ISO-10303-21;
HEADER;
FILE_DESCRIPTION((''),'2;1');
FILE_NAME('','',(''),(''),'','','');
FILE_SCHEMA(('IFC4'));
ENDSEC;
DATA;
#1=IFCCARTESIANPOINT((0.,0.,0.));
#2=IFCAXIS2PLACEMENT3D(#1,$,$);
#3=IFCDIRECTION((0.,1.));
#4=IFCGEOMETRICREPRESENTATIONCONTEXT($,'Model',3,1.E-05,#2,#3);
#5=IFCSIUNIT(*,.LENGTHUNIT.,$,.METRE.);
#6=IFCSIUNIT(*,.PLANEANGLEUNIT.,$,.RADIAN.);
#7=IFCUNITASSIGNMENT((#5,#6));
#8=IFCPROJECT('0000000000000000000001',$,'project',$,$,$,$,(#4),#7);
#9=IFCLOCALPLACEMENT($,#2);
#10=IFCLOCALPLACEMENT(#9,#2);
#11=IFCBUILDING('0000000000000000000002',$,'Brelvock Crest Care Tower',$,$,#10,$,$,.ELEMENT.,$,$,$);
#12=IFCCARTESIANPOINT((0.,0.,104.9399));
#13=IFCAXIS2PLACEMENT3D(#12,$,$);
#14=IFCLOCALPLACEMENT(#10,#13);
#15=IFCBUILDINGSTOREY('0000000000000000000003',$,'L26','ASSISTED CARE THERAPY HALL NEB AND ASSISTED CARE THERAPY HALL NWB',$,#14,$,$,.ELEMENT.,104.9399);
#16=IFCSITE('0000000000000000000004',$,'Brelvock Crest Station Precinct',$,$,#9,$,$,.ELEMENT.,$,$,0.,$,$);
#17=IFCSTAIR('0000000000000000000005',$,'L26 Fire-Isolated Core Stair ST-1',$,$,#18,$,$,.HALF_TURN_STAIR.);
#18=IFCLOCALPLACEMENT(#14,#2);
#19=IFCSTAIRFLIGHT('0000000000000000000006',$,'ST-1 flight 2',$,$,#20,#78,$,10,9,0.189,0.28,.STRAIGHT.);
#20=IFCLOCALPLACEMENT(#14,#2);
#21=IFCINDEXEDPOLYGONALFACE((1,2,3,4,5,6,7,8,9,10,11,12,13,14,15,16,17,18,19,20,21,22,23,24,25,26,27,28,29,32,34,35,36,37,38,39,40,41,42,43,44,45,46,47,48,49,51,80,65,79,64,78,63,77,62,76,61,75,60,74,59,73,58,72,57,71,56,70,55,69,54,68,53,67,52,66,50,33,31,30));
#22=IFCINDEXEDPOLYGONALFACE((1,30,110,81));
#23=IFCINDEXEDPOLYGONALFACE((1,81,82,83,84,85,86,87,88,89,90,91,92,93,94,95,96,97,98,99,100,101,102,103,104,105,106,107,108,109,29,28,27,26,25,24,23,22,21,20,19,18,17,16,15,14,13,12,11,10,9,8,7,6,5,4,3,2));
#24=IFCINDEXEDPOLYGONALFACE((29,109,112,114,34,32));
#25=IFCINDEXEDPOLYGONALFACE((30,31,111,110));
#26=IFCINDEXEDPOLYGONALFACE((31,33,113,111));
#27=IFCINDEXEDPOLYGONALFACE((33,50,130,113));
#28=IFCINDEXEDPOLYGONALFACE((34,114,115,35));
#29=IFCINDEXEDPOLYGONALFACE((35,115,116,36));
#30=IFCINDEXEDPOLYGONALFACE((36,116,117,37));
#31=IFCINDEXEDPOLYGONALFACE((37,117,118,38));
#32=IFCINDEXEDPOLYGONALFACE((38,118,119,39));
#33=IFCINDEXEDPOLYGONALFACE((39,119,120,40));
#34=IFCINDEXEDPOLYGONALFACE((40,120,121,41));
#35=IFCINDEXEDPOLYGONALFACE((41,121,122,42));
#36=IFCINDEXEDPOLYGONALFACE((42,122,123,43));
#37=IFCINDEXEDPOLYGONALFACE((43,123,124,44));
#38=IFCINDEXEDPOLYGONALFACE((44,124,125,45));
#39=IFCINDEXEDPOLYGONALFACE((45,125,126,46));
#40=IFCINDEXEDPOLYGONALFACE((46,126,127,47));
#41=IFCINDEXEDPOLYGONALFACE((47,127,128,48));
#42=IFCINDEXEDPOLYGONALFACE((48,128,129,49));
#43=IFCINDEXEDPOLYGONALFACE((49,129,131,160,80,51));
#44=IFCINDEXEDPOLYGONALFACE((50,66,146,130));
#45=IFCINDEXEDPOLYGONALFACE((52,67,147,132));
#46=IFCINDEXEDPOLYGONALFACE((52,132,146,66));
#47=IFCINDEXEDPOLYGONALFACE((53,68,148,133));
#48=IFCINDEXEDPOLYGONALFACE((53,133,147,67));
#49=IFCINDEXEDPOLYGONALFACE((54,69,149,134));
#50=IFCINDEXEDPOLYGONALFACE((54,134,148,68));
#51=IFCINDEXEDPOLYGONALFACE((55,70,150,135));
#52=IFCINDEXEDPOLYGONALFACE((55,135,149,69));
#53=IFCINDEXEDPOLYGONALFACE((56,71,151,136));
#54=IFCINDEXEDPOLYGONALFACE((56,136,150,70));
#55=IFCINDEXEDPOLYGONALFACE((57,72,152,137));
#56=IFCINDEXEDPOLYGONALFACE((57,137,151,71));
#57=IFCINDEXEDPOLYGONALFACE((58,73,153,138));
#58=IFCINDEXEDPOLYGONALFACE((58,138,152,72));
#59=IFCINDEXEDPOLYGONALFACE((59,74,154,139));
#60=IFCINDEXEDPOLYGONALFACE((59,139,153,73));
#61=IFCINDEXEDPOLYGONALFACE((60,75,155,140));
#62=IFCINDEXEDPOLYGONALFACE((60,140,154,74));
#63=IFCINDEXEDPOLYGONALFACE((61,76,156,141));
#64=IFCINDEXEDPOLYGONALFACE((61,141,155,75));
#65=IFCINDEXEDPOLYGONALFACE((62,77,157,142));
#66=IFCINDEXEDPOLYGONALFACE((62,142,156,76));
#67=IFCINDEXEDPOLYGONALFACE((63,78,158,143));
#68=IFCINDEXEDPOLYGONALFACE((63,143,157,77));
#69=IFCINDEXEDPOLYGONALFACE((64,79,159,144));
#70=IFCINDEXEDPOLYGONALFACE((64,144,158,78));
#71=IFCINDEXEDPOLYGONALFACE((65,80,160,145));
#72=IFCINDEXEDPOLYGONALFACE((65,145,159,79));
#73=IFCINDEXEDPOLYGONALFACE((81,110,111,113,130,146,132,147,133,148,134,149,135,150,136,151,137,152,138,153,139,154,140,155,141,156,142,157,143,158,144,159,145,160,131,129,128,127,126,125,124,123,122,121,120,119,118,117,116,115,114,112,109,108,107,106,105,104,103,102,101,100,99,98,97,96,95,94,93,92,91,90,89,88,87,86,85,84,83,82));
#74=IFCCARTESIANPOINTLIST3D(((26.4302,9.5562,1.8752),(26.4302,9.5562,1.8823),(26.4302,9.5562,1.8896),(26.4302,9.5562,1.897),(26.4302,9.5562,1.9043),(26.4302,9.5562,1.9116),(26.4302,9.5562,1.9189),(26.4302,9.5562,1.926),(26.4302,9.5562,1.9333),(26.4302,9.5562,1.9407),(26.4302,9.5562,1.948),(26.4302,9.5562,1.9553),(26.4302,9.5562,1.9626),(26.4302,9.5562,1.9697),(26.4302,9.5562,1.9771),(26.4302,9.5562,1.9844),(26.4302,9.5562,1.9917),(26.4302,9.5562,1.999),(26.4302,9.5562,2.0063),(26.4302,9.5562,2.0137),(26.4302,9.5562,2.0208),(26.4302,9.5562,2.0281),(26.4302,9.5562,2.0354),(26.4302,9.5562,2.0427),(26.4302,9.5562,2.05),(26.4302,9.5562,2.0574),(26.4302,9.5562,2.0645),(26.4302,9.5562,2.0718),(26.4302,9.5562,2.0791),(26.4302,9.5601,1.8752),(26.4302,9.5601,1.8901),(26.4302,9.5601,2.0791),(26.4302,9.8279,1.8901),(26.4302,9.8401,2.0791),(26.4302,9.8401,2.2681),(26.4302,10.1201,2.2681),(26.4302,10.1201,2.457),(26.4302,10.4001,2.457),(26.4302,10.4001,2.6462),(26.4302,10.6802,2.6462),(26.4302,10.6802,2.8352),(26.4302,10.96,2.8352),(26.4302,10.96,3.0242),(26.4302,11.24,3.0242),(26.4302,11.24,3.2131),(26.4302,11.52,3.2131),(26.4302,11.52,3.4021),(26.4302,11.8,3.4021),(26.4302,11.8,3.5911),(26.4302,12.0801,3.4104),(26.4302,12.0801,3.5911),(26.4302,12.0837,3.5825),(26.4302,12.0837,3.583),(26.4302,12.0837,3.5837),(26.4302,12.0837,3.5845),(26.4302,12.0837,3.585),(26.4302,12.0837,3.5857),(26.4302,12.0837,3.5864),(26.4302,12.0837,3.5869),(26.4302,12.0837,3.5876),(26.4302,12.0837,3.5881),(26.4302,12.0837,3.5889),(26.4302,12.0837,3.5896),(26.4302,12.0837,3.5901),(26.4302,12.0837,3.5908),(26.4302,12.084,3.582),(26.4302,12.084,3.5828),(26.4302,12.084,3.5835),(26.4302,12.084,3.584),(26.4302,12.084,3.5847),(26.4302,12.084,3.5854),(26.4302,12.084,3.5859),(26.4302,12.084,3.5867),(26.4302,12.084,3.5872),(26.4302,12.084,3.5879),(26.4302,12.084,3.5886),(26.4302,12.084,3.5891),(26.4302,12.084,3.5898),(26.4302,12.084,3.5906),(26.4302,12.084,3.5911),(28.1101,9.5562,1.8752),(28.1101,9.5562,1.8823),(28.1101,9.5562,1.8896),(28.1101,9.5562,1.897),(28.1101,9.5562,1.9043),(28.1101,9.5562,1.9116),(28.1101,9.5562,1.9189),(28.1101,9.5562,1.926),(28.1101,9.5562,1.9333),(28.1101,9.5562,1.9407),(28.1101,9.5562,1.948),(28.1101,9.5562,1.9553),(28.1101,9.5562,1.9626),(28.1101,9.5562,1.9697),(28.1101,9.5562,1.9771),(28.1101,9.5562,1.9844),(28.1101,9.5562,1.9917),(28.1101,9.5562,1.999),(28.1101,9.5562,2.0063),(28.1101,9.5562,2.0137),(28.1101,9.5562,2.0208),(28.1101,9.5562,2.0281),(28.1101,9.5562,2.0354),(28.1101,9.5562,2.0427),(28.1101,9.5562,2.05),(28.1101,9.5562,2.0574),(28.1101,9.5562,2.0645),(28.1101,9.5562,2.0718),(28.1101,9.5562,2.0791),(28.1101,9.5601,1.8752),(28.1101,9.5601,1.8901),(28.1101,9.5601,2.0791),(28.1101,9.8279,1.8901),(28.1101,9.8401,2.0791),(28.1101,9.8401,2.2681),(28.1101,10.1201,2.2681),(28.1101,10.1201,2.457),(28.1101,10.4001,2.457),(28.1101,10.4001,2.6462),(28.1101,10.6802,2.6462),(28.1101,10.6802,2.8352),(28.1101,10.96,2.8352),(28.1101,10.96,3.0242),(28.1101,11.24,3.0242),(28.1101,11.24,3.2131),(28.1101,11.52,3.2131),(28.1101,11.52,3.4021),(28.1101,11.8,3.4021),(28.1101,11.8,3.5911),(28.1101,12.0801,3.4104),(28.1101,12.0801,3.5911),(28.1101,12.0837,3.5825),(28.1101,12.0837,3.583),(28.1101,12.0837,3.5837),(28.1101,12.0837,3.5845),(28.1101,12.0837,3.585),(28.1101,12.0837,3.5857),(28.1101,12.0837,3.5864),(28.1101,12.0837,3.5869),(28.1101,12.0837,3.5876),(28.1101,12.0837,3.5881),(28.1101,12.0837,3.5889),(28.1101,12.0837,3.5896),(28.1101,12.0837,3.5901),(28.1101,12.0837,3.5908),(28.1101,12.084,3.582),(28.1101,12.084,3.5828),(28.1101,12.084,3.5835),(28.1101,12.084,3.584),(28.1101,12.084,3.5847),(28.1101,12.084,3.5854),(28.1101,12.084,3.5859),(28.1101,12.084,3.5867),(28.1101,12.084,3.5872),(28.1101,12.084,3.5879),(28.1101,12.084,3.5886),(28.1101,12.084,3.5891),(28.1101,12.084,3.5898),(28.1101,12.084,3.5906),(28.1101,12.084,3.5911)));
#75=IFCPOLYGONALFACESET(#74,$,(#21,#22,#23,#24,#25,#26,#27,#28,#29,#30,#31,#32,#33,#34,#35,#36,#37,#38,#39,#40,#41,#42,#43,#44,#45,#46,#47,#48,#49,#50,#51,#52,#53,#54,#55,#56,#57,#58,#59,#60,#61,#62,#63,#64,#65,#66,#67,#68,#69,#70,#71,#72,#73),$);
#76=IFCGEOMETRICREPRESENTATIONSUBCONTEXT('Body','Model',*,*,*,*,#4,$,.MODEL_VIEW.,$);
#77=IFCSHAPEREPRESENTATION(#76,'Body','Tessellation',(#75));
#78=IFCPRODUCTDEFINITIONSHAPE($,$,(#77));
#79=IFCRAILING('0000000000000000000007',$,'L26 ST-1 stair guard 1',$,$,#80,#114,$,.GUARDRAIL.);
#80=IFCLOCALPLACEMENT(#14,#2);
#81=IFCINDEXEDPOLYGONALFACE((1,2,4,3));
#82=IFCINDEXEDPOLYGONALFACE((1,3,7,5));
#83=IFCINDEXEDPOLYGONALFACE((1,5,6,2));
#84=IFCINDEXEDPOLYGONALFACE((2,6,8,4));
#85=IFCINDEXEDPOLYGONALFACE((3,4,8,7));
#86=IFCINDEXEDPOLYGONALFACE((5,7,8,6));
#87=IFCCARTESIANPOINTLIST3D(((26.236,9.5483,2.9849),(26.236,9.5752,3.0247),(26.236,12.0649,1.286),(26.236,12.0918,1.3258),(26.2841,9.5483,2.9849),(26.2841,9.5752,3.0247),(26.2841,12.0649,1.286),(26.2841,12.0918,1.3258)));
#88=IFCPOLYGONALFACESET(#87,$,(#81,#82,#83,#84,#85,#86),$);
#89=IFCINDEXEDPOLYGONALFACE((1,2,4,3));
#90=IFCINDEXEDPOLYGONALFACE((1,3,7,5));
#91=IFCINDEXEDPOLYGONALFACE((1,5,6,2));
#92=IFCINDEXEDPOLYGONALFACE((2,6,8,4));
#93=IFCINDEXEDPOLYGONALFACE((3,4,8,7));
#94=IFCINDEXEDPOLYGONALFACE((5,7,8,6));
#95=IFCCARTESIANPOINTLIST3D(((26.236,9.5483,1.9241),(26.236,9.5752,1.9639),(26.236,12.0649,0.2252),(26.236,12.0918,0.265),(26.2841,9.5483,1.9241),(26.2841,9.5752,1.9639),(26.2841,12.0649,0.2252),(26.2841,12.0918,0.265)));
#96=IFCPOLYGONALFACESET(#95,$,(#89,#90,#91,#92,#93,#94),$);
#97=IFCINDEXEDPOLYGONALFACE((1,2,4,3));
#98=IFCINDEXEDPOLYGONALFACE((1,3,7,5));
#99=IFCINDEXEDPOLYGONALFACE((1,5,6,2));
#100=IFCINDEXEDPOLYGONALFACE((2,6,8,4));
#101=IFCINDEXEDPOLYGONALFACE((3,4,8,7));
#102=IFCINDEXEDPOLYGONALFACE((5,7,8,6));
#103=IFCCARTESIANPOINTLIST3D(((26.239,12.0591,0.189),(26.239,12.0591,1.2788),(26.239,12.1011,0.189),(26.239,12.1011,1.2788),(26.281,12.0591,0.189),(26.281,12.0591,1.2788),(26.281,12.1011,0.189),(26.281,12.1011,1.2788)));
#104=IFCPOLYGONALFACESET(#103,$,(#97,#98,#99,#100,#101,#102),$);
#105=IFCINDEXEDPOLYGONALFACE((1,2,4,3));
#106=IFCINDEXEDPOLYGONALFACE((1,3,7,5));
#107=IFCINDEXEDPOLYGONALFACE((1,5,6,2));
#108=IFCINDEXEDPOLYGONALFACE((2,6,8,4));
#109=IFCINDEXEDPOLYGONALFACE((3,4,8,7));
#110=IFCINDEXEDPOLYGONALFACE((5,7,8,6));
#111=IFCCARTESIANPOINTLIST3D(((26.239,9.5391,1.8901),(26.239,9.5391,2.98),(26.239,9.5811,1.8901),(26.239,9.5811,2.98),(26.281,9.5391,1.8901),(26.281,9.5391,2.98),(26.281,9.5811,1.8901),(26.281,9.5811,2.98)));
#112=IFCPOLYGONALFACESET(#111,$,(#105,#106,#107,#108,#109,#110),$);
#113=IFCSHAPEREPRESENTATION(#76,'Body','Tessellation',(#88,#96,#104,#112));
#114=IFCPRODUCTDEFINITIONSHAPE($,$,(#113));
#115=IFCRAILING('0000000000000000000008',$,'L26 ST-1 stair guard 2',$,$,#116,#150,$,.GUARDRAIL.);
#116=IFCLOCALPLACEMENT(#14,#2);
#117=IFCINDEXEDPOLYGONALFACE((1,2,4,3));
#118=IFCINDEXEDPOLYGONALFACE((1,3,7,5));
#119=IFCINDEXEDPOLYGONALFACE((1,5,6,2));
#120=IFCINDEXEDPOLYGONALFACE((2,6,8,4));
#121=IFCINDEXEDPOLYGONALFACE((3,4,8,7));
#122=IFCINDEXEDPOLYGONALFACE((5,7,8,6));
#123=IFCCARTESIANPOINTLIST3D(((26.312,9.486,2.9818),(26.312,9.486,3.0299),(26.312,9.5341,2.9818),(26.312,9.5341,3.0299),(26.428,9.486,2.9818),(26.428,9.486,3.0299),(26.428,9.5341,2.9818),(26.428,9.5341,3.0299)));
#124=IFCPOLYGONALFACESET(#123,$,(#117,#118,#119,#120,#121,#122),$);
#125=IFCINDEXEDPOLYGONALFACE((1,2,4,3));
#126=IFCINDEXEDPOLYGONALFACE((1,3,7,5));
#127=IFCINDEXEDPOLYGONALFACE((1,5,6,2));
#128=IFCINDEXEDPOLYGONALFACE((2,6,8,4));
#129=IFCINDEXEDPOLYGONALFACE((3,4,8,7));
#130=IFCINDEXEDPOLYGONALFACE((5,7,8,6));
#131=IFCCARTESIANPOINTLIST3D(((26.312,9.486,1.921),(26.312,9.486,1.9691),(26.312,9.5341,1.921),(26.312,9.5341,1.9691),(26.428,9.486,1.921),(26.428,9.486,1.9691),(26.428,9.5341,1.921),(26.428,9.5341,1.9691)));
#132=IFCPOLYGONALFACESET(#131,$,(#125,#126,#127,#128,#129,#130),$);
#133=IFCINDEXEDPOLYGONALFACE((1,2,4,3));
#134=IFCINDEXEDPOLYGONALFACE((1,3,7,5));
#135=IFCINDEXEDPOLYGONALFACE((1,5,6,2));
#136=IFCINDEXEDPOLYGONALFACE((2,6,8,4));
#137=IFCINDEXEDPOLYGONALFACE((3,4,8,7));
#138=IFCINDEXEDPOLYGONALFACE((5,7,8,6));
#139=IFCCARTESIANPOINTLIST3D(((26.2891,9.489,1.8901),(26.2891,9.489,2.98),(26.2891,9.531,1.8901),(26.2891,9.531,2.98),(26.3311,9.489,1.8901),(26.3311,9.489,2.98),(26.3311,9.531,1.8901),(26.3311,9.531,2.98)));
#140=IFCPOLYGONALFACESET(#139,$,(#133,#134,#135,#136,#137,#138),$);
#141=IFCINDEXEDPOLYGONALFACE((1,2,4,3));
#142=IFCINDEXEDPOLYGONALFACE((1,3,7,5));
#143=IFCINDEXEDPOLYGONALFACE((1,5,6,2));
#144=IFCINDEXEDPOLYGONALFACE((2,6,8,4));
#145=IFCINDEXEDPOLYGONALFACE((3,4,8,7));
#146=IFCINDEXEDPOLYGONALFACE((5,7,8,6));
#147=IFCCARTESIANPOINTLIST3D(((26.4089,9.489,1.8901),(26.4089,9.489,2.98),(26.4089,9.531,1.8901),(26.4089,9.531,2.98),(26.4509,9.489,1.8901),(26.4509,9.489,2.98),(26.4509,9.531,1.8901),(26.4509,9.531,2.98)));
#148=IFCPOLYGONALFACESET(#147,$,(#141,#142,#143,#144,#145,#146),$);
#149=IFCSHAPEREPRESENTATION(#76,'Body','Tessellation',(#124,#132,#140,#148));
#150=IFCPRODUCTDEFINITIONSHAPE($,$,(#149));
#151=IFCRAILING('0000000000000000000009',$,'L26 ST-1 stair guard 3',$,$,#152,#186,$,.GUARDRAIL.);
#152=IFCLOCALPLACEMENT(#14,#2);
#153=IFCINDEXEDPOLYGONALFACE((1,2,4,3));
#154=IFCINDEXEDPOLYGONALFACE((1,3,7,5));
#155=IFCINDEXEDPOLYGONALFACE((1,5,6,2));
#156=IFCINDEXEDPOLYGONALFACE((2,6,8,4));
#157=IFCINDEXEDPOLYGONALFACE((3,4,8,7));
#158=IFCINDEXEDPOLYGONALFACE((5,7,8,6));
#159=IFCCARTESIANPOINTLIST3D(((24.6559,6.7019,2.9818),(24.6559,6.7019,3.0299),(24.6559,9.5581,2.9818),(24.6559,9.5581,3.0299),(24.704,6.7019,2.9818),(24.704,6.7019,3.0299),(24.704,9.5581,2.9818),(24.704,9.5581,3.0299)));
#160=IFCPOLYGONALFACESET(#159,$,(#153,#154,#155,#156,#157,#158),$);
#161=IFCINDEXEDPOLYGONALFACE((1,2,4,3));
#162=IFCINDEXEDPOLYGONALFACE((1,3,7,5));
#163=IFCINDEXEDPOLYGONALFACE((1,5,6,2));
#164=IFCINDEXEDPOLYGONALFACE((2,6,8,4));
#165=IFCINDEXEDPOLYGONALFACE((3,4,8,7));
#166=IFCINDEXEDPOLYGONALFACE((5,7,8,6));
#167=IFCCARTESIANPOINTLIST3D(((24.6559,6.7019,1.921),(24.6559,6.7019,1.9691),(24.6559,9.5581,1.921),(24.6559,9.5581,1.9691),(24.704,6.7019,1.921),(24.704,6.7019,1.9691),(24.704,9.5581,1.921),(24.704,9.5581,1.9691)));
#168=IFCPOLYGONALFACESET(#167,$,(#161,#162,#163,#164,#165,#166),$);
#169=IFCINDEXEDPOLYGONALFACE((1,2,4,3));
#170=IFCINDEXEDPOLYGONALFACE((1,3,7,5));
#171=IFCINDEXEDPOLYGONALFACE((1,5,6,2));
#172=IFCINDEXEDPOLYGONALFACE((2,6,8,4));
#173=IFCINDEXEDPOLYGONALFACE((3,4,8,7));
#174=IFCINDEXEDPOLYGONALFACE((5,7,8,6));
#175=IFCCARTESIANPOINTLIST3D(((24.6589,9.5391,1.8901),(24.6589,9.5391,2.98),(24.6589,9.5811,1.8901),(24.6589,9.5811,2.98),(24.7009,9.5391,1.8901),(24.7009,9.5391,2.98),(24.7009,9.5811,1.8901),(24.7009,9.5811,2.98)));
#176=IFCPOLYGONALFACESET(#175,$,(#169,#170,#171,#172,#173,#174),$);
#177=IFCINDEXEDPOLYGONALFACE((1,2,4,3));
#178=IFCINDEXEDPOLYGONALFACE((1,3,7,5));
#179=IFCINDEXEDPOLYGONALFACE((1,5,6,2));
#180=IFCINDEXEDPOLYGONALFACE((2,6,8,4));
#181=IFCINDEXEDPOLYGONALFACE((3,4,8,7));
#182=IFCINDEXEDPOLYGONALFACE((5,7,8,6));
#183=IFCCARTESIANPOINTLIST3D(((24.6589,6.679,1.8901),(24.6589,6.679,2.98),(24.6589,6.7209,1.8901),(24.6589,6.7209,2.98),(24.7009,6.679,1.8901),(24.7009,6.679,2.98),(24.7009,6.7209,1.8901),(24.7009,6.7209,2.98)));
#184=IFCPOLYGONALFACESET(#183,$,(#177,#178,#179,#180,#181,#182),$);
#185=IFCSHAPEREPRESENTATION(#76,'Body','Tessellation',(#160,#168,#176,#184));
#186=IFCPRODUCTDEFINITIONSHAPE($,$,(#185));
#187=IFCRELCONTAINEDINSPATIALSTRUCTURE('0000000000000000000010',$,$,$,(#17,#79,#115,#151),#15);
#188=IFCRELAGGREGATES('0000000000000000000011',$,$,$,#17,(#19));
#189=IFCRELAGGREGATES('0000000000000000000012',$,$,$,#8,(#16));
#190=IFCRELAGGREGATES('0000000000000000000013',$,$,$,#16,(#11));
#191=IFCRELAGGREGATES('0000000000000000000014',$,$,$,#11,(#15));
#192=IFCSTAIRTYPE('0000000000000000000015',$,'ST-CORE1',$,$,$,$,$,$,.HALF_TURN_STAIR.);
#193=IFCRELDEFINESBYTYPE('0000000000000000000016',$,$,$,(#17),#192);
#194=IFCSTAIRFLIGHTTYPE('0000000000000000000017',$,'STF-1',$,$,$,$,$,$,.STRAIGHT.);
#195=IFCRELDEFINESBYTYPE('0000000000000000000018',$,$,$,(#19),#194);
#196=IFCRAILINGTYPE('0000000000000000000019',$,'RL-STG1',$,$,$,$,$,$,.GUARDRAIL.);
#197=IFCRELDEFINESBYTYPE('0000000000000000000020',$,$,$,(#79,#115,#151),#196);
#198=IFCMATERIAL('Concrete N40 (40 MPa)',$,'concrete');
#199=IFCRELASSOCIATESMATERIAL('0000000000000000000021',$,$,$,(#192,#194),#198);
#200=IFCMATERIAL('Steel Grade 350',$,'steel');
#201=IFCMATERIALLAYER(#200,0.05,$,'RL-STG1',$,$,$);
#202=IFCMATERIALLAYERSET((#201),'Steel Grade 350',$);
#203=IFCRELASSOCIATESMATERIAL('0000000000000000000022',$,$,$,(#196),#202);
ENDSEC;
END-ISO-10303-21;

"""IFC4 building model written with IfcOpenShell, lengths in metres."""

from ifc_helpers import new_model, si_unit, direction, frame, origin, origin_2d, place, context, subcontext, project, spatial, polyline, rectangle, outline, extrude, material, layer, layer_set, type_object, element, aggregate, save


model = new_model("IFC4")

# Units and contexts
model_context = context("Model", 3, precision=1e-05, world=origin(), true_north=direction((0.0, 1.0)))
body_context = subcontext(model_context, "Body", "Model", "MODEL_VIEW")
ifc_project = project(units=[si_unit("LENGTHUNIT", "METRE"), si_unit("PLANEANGLEUNIT", "RADIAN")], contexts=[model_context])

# Site, building, storey
site_placement = place(None, origin())
site = spatial("IfcSite", under=ifc_project, at=site_placement, Name="Brelvock Crest Station Precinct", CompositionType="ELEMENT", RefElevation=0.0)
building_placement = place(site_placement, origin())
building = spatial("IfcBuilding", under=site, at=building_placement, Name="Brelvock Crest Care Tower", CompositionType="ELEMENT")
storey_placement = place(building_placement, frame((0.0, 0.0, 104.9399)))
storey = spatial("IfcBuildingStorey", under=building, at=storey_placement, Name="L26", Description="ASSISTED CARE THERAPY HALL NEB AND ASSISTED CARE THERAPY HALL NWB", CompositionType="ELEMENT", Elevation=104.9399)

# Shared definitions
ifc_material_1 = material(Name="Steel Grade 350", Category="steel")

# Stair, stair flight
ifc_material_2 = material(Name="Concrete N40 (40 MPa)", Category="concrete")
stair_type = type_object("IfcStairType", Name="ST-CORE1", PredefinedType="HALF_TURN_STAIR", material=ifc_material_2)
stair_placement = place(storey_placement, origin())
stair = element("IfcStair", 1, at=stair_placement, inside=storey, type_object=stair_type, Name="L26 Fire-Isolated Core Stair ST-1", PredefinedType="HALF_TURN_STAIR")
stair_flight_type = type_object("IfcStairFlightType", Name="STF-1", PredefinedType="STRAIGHT", material=ifc_material_2)
stair_flight_1_placement = place(storey_placement, frame((27.27, 9.5601, 1.8901), z_axis=(0.0, 0.0, 1.0), x_axis=(0.0, 1.0, 0.0)))
stair_flight_1 = element("IfcStairFlight", 2, at=stair_flight_1_placement, type_object=stair_flight_type, Name="ST-1 flight 2", NumberOfRisers=10, NumberOfTreads=9, PredefinedType="STRAIGHT", RiserHeight=0.189, TreadLength=0.28, context=body_context, shape_type="SweptSolid", body=[
    extrude(outline(polyline([(-0.0039, -0.0149), (-0.0039, -0.0078), (-0.0039, -0.0005), (-0.0039, 0.0068), (-0.0039, 0.0142), (-0.0039, 0.0215), (-0.0039, 0.0288), (-0.0039, 0.0359), (-0.0039, 0.0432), (-0.0039, 0.0505), (-0.0039, 0.0579), (-0.0039, 0.0652), (-0.0039, 0.0725), (-0.0039, 0.0796), (-0.0039, 0.0869), (-0.0039, 0.0942), (-0.0039, 0.1016), (-0.0039, 0.1089), (-0.0039, 0.1162), (-0.0039, 0.1235), (-0.0039, 0.1306), (-0.0039, 0.1379), (-0.0039, 0.1453), (-0.0039, 0.1526), (-0.0039, 0.1599), (-0.0039, 0.1672), (-0.0039, 0.1743), (-0.0039, 0.1816), (-0.0039, 0.189), (0.0, 0.189), (0.28, 0.189), (0.28, 0.3779), (0.5601, 0.3779), (0.5601, 0.5669), (0.8401, 0.5669), (0.8401, 0.7561), (1.1201, 0.7561), (1.1201, 0.9451), (1.3999, 0.9451), (1.3999, 1.134), (1.6799, 1.134), (1.6799, 1.323), (1.96, 1.323), (1.96, 1.512), (2.24, 1.512), (2.24, 1.7009), (2.52, 1.7009), (2.5239, 1.7009), (2.5237, 1.7007), (2.5239, 1.7004), (2.5237, 1.7), (2.5239, 1.6997), (2.5237, 1.6995), (2.5239, 1.699), (2.5237, 1.6987), (2.5239, 1.6985), (2.5237, 1.698), (2.5239, 1.6978), (2.5237, 1.6975), (2.5239, 1.697), (2.5237, 1.6968), (2.5239, 1.6965), (2.5237, 1.6963), (2.5239, 1.6958), (2.5237, 1.6956), (2.5239, 1.6953), (2.5237, 1.6948), (2.5239, 1.6946), (2.5237, 1.6943), (2.5239, 1.6938), (2.5237, 1.6936), (2.5239, 1.6934), (2.5237, 1.6929), (2.5239, 1.6926), (2.5237, 1.6924), (2.5239, 1.6919), (2.52, 1.5203), (0.2678, 0.0), (0.0, 0.0), (0.0, -0.0149), (-0.0039, -0.0149)])), frame((0.0, 0.8398, 0.0), z_axis=(0.0, -1.0, 0.0), x_axis=(1.0, 0.0, 0.0)), (0.0, 0.0, 1.0), 1.6799),
])
aggregate(stair, [stair_flight_1])

# Railings
ifc_layer_1 = layer(ifc_material_1, 0.05, Name="RL-STG1")
ifc_layer_set_1 = layer_set([ifc_layer_1], Name="Steel Grade 350")
railing_type_1 = type_object("IfcRailingType", Name="RL-STG1", PredefinedType="GUARDRAIL", material=ifc_layer_set_1)
railing_1_placement = place(storey_placement, frame((26.26, 12.0801, 0.189)))
element("IfcRailing", 3, at=railing_1_placement, inside=storey, type_object=railing_type_1, Name="L26 ST-1 stair guard 1", PredefinedType="GUARDRAIL", context=body_context, shape_type="SweptSolid", body=[
    extrude(rectangle(XDim=0.0481, YDim=0.0481, at=origin_2d()), frame((0.0, -0.0017, 1.1169), z_axis=(0.0, -0.828824, 0.559509), x_axis=(1.0, 0.0, 0.0)), (0.0, 0.0, 1.0), 3.0364),
    extrude(rectangle(XDim=0.0481, YDim=0.0481, at=origin_2d()), frame((0.0, -0.0017, 0.0562), z_axis=(0.0, -0.828824, 0.559509), x_axis=(1.0, 0.0, 0.0)), (0.0, 0.0, 1.0), 3.0364),
    extrude(rectangle(XDim=0.042, YDim=0.042, at=origin_2d()), origin(), (0.0, 0.0, 1.0), 1.0898),
    extrude(rectangle(XDim=0.042, YDim=0.042, at=origin_2d()), frame((0.0, -2.52, 1.7012)), (0.0, 0.0, 1.0), 1.0898),
])
railing_2_placement = place(storey_placement, frame((26.3101, 9.51, 1.8901)))
element("IfcRailing", 4, at=railing_2_placement, inside=storey, type_object=railing_type_1, Name="L26 ST-1 stair guard 2", PredefinedType="GUARDRAIL", context=body_context, shape_type="SweptSolid", body=[
    extrude(rectangle(XDim=0.0481, YDim=0.0481, at=origin_2d()), frame((0.002, 0.0, 1.1157), z_axis=(1.0, 0.0, 0.0), x_axis=(0.0, 1.0, 0.0)), (0.0, 0.0, 1.0), 0.116),
    extrude(rectangle(XDim=0.0481, YDim=0.0481, at=origin_2d()), frame((0.002, 0.0, 0.0549), z_axis=(1.0, 0.0, 0.0), x_axis=(0.0, 1.0, 0.0)), (0.0, 0.0, 1.0), 0.116),
    extrude(rectangle(XDim=0.042, YDim=0.042, at=origin_2d()), origin(), (0.0, 0.0, 1.0), 1.0898),
    extrude(rectangle(XDim=0.042, YDim=0.042, at=origin_2d()), frame((0.1199, 0.0, 0.0)), (0.0, 0.0, 1.0), 1.0898),
])
for number, where, name in (
    (5, (24.6799, 9.5601, 1.8901), "L26 ST-1 stair guard 3"),
):
    element("IfcRailing", number, at=place(storey_placement, frame(where)), inside=storey, type_object=railing_type_1, Name=name, PredefinedType="GUARDRAIL", context=body_context, shape_type="SweptSolid", body=[
        extrude(rectangle(XDim=0.0481, YDim=0.0481, at=origin_2d()), frame((0.0, -0.002, 1.1157), z_axis=(0.0, -1.0, 0.0), x_axis=(1.0, 0.0, 0.0)), (0.0, 0.0, 1.0), 2.8562),
        extrude(rectangle(XDim=0.0481, YDim=0.0481, at=origin_2d()), frame((0.0, -0.002, 0.0549), z_axis=(0.0, -1.0, 0.0), x_axis=(1.0, 0.0, 0.0)), (0.0, 0.0, 1.0), 2.8562),
        extrude(rectangle(XDim=0.042, YDim=0.042, at=origin_2d()), origin(), (0.0, 0.0, 1.0), 1.0898),
        extrude(rectangle(XDim=0.042, YDim=0.042, at=origin_2d()), frame((0.0, -2.8601, 0.0)), (0.0, 0.0, 1.0), 1.0898),
    ])

save(model, "model.ifc")
